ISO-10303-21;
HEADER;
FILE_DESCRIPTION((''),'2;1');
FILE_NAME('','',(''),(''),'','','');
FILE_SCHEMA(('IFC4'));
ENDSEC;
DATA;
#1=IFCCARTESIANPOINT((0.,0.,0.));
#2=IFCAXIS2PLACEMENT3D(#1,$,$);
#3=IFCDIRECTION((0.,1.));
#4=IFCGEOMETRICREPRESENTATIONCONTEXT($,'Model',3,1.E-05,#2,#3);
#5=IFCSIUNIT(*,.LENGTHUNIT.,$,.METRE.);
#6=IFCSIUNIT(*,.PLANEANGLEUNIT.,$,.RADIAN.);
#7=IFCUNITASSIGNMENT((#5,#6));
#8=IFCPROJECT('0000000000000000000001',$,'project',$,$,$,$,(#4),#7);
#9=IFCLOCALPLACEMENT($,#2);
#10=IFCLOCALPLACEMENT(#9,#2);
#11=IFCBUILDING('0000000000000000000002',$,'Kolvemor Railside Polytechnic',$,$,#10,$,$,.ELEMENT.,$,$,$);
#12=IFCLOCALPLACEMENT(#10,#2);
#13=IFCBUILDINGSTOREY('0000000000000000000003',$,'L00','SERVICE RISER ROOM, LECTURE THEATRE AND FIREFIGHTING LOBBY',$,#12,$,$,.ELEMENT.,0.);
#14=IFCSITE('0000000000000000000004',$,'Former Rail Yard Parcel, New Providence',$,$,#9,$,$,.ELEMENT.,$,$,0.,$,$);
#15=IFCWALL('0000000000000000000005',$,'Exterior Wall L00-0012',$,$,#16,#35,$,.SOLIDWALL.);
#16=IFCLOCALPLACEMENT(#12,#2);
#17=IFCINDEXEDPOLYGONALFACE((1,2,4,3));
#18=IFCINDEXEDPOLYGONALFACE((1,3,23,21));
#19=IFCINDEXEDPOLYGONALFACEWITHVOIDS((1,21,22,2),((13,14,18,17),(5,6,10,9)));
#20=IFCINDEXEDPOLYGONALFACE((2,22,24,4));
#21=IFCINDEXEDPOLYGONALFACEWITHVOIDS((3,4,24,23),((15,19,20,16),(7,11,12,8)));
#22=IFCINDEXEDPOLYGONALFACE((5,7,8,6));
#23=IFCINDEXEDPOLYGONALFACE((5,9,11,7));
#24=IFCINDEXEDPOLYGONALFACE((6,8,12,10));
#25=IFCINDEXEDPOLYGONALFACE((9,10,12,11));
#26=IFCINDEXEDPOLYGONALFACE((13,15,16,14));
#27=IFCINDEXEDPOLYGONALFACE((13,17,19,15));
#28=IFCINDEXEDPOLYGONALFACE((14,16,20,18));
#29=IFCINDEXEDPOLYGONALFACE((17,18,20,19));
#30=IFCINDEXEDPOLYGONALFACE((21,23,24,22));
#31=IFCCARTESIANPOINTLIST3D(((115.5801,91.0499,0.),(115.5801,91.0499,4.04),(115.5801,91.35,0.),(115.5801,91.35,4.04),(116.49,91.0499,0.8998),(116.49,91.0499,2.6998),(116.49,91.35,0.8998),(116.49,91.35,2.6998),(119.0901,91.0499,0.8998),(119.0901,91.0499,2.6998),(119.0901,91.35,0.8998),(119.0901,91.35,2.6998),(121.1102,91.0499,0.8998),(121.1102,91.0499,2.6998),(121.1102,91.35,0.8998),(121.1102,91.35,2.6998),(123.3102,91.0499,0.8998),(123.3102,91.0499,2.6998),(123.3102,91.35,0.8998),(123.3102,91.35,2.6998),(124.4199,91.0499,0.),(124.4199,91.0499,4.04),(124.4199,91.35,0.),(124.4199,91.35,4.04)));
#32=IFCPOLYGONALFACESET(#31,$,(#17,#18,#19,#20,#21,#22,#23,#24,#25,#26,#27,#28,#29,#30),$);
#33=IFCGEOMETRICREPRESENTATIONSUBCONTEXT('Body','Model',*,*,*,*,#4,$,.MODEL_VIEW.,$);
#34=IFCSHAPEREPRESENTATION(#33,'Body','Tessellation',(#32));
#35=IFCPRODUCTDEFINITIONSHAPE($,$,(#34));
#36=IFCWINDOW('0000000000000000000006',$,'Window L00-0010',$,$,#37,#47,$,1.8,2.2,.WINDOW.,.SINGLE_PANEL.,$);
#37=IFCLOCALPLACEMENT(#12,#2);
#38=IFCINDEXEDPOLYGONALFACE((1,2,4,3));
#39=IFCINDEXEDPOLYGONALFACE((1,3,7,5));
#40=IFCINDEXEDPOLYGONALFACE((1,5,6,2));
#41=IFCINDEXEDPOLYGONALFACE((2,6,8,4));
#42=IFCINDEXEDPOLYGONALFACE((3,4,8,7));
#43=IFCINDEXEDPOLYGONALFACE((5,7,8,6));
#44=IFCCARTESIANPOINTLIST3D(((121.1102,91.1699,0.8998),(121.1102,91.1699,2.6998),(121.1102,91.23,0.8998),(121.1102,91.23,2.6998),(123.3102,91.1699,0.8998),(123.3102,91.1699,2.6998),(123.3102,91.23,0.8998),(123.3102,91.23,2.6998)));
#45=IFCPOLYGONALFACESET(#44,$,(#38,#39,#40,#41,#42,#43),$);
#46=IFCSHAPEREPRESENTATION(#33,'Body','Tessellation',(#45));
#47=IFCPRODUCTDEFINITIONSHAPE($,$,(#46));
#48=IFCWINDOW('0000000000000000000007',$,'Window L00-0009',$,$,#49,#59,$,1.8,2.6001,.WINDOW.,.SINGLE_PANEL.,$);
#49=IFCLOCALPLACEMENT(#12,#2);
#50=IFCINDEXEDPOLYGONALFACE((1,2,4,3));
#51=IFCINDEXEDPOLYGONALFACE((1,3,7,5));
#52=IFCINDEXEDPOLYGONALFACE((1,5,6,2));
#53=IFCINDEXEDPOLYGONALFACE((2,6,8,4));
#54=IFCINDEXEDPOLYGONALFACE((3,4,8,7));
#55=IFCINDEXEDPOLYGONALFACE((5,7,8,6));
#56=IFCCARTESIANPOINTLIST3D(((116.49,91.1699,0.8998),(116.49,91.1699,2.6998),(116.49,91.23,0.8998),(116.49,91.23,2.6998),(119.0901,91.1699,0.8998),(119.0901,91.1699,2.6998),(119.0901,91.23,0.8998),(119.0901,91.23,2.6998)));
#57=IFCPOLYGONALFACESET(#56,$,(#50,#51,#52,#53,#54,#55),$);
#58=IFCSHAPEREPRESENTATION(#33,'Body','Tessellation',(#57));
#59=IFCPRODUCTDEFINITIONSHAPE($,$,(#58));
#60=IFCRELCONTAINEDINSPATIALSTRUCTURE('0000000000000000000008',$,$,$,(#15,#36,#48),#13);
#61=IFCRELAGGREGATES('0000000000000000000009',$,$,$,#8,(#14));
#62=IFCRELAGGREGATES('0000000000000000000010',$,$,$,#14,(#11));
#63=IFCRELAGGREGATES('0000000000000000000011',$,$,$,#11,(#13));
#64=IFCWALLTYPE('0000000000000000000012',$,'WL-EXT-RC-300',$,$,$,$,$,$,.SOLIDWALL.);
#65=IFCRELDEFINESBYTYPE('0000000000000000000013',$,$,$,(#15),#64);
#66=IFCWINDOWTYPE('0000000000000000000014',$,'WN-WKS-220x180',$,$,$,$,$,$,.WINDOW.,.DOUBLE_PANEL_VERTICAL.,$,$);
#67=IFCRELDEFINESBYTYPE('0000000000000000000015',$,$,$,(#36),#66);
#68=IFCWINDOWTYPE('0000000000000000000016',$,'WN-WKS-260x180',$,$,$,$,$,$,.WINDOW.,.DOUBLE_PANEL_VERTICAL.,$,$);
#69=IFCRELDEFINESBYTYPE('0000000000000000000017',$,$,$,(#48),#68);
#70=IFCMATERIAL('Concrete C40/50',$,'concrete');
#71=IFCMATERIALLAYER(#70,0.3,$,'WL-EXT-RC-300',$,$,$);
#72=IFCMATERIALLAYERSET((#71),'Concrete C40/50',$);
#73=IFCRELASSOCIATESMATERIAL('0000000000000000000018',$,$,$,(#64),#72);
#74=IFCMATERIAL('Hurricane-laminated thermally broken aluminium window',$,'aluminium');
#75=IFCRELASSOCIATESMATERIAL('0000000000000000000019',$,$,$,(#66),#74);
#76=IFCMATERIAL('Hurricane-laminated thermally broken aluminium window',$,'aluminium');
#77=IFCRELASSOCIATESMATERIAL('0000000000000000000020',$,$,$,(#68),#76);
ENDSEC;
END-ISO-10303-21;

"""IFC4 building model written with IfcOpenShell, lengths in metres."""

from ifc_helpers import new_model, si_unit, direction, frame, frame_2d, origin, place, context, subcontext, project, spatial, rectangle, extrude, material, layer, layer_set, type_object, element, fill, save


model = new_model("IFC4")

# Units and contexts
model_context = context("Model", 3, precision=1e-05, world=origin(), true_north=direction((0.0, 1.0)))
body_context = subcontext(model_context, "Body", "Model", "MODEL_VIEW")
ifc_project = project(units=[si_unit("LENGTHUNIT", "METRE"), si_unit("PLANEANGLEUNIT", "RADIAN")], contexts=[model_context])

# Site, building, storey
site_placement = place(None, origin())
site = spatial("IfcSite", under=ifc_project, at=site_placement, Name="Former Rail Yard Parcel, New Providence", CompositionType="ELEMENT", RefElevation=0.0)
building_placement = place(site_placement, origin())
building = spatial("IfcBuilding", under=site, at=building_placement, Name="Kolvemor Railside Polytechnic", CompositionType="ELEMENT")
storey_placement = place(building_placement, origin())
storey = spatial("IfcBuildingStorey", under=building, at=storey_placement, Name="L00", Description="SERVICE RISER ROOM, LECTURE THEATRE AND FIREFIGHTING LOBBY", CompositionType="ELEMENT", Elevation=0.0)

# Shared definitions
ifc_material_1 = material(Name="Concrete C40/50", Category="concrete")
ifc_layer = layer(ifc_material_1, 0.3, Name="WL-EXT-RC-300")
ifc_layer_set = layer_set([ifc_layer], Name="Concrete C40/50")
wall_type = type_object("IfcWallType", Name="WL-EXT-RC-300", PredefinedType="SOLIDWALL", material=ifc_layer_set)

# Wall, openings, windows
wall_1_placement = place(storey_placement, frame((115.5801, 91.2, 0.0), z_axis=(0.0, 0.0, 1.0), x_axis=(1.0, 0.0, 0.0)))
wall_1 = element("IfcWall", 1, at=wall_1_placement, inside=storey, type_object=wall_type, Name="Exterior Wall L00-0012", PredefinedType="SOLIDWALL", context=body_context, shape_type="SweptSolid", body=[
    extrude(rectangle(XDim=8.8398, YDim=0.3, at=frame_2d((4.4199, 0.0))), origin(), (0.0, 0.0, 1.0), 4.04),
])
opening_1_placement = place(wall_1_placement, frame((0.9099, 0.0, 0.8999)))
opening_1 = element("IfcOpeningElement", 2, at=opening_1_placement, cuts=wall_1, PredefinedType="OPENING", context=body_context, shape_type="SweptSolid", body=[
    extrude(rectangle(XDim=2.6001, YDim=1.8, at=frame_2d((1.3, 0.8999))), frame((0.0, 0.1599, 0.0), z_axis=(0.0, -1.0, 0.0), x_axis=(1.0, 0.0, 0.0)), (0.0, 0.0, 1.0), 0.3201),
])
opening_2_placement = place(wall_1_placement, frame((5.53, 0.0, 0.8999)))
opening_2 = element("IfcOpeningElement", 3, at=opening_2_placement, cuts=wall_1, PredefinedType="OPENING", context=body_context, shape_type="SweptSolid", body=[
    extrude(rectangle(XDim=2.2, YDim=1.8, at=frame_2d((1.1001, 0.8999))), frame((0.0, 0.1599, 0.0), z_axis=(0.0, -1.0, 0.0), x_axis=(1.0, 0.0, 0.0)), (0.0, 0.0, 1.0), 0.3201),
])
ifc_material_2 = material(Name="Hurricane-laminated thermally broken aluminium window", Category="aluminium")
window_type_1 = type_object("IfcWindowType", Name="WN-WKS-220x180", PartitioningType="DOUBLE_PANEL_VERTICAL", PredefinedType="WINDOW", material=ifc_material_2)
window_1_placement = place(opening_2_placement, origin())
window_1 = element("IfcWindow", 4, at=window_1_placement, inside=storey, type_object=window_type_1, Name="Window L00-0010", OverallHeight=1.8, OverallWidth=2.2, PartitioningType="SINGLE_PANEL", PredefinedType="WINDOW", context=body_context, shape_type="SweptSolid", body=[
    extrude(rectangle(XDim=2.2, YDim=1.8, at=frame_2d((1.1001, 0.8999))), frame((0.0, 0.03, 0.0), z_axis=(0.0, -1.0, 0.0), x_axis=(1.0, 0.0, 0.0)), (0.0, 0.0, 1.0), 0.0601),
])
fill(opening_2, window_1)
ifc_material_3 = material(Name="Hurricane-laminated thermally broken aluminium window", Category="aluminium")
window_type_2 = type_object("IfcWindowType", Name="WN-WKS-260x180", PartitioningType="DOUBLE_PANEL_VERTICAL", PredefinedType="WINDOW", material=ifc_material_3)
window_2_placement = place(opening_1_placement, origin())
window_2 = element("IfcWindow", 5, at=window_2_placement, inside=storey, type_object=window_type_2, Name="Window L00-0009", OverallHeight=1.8, OverallWidth=2.6001, PartitioningType="SINGLE_PANEL", PredefinedType="WINDOW", context=body_context, shape_type="SweptSolid", body=[
    extrude(rectangle(XDim=2.6001, YDim=1.8, at=frame_2d((1.3, 0.8999))), frame((0.0, 0.03, 0.0), z_axis=(0.0, -1.0, 0.0), x_axis=(1.0, 0.0, 0.0)), (0.0, 0.0, 1.0), 0.0601),
])
fill(opening_1, window_2)

save(model, "model.ifc")
